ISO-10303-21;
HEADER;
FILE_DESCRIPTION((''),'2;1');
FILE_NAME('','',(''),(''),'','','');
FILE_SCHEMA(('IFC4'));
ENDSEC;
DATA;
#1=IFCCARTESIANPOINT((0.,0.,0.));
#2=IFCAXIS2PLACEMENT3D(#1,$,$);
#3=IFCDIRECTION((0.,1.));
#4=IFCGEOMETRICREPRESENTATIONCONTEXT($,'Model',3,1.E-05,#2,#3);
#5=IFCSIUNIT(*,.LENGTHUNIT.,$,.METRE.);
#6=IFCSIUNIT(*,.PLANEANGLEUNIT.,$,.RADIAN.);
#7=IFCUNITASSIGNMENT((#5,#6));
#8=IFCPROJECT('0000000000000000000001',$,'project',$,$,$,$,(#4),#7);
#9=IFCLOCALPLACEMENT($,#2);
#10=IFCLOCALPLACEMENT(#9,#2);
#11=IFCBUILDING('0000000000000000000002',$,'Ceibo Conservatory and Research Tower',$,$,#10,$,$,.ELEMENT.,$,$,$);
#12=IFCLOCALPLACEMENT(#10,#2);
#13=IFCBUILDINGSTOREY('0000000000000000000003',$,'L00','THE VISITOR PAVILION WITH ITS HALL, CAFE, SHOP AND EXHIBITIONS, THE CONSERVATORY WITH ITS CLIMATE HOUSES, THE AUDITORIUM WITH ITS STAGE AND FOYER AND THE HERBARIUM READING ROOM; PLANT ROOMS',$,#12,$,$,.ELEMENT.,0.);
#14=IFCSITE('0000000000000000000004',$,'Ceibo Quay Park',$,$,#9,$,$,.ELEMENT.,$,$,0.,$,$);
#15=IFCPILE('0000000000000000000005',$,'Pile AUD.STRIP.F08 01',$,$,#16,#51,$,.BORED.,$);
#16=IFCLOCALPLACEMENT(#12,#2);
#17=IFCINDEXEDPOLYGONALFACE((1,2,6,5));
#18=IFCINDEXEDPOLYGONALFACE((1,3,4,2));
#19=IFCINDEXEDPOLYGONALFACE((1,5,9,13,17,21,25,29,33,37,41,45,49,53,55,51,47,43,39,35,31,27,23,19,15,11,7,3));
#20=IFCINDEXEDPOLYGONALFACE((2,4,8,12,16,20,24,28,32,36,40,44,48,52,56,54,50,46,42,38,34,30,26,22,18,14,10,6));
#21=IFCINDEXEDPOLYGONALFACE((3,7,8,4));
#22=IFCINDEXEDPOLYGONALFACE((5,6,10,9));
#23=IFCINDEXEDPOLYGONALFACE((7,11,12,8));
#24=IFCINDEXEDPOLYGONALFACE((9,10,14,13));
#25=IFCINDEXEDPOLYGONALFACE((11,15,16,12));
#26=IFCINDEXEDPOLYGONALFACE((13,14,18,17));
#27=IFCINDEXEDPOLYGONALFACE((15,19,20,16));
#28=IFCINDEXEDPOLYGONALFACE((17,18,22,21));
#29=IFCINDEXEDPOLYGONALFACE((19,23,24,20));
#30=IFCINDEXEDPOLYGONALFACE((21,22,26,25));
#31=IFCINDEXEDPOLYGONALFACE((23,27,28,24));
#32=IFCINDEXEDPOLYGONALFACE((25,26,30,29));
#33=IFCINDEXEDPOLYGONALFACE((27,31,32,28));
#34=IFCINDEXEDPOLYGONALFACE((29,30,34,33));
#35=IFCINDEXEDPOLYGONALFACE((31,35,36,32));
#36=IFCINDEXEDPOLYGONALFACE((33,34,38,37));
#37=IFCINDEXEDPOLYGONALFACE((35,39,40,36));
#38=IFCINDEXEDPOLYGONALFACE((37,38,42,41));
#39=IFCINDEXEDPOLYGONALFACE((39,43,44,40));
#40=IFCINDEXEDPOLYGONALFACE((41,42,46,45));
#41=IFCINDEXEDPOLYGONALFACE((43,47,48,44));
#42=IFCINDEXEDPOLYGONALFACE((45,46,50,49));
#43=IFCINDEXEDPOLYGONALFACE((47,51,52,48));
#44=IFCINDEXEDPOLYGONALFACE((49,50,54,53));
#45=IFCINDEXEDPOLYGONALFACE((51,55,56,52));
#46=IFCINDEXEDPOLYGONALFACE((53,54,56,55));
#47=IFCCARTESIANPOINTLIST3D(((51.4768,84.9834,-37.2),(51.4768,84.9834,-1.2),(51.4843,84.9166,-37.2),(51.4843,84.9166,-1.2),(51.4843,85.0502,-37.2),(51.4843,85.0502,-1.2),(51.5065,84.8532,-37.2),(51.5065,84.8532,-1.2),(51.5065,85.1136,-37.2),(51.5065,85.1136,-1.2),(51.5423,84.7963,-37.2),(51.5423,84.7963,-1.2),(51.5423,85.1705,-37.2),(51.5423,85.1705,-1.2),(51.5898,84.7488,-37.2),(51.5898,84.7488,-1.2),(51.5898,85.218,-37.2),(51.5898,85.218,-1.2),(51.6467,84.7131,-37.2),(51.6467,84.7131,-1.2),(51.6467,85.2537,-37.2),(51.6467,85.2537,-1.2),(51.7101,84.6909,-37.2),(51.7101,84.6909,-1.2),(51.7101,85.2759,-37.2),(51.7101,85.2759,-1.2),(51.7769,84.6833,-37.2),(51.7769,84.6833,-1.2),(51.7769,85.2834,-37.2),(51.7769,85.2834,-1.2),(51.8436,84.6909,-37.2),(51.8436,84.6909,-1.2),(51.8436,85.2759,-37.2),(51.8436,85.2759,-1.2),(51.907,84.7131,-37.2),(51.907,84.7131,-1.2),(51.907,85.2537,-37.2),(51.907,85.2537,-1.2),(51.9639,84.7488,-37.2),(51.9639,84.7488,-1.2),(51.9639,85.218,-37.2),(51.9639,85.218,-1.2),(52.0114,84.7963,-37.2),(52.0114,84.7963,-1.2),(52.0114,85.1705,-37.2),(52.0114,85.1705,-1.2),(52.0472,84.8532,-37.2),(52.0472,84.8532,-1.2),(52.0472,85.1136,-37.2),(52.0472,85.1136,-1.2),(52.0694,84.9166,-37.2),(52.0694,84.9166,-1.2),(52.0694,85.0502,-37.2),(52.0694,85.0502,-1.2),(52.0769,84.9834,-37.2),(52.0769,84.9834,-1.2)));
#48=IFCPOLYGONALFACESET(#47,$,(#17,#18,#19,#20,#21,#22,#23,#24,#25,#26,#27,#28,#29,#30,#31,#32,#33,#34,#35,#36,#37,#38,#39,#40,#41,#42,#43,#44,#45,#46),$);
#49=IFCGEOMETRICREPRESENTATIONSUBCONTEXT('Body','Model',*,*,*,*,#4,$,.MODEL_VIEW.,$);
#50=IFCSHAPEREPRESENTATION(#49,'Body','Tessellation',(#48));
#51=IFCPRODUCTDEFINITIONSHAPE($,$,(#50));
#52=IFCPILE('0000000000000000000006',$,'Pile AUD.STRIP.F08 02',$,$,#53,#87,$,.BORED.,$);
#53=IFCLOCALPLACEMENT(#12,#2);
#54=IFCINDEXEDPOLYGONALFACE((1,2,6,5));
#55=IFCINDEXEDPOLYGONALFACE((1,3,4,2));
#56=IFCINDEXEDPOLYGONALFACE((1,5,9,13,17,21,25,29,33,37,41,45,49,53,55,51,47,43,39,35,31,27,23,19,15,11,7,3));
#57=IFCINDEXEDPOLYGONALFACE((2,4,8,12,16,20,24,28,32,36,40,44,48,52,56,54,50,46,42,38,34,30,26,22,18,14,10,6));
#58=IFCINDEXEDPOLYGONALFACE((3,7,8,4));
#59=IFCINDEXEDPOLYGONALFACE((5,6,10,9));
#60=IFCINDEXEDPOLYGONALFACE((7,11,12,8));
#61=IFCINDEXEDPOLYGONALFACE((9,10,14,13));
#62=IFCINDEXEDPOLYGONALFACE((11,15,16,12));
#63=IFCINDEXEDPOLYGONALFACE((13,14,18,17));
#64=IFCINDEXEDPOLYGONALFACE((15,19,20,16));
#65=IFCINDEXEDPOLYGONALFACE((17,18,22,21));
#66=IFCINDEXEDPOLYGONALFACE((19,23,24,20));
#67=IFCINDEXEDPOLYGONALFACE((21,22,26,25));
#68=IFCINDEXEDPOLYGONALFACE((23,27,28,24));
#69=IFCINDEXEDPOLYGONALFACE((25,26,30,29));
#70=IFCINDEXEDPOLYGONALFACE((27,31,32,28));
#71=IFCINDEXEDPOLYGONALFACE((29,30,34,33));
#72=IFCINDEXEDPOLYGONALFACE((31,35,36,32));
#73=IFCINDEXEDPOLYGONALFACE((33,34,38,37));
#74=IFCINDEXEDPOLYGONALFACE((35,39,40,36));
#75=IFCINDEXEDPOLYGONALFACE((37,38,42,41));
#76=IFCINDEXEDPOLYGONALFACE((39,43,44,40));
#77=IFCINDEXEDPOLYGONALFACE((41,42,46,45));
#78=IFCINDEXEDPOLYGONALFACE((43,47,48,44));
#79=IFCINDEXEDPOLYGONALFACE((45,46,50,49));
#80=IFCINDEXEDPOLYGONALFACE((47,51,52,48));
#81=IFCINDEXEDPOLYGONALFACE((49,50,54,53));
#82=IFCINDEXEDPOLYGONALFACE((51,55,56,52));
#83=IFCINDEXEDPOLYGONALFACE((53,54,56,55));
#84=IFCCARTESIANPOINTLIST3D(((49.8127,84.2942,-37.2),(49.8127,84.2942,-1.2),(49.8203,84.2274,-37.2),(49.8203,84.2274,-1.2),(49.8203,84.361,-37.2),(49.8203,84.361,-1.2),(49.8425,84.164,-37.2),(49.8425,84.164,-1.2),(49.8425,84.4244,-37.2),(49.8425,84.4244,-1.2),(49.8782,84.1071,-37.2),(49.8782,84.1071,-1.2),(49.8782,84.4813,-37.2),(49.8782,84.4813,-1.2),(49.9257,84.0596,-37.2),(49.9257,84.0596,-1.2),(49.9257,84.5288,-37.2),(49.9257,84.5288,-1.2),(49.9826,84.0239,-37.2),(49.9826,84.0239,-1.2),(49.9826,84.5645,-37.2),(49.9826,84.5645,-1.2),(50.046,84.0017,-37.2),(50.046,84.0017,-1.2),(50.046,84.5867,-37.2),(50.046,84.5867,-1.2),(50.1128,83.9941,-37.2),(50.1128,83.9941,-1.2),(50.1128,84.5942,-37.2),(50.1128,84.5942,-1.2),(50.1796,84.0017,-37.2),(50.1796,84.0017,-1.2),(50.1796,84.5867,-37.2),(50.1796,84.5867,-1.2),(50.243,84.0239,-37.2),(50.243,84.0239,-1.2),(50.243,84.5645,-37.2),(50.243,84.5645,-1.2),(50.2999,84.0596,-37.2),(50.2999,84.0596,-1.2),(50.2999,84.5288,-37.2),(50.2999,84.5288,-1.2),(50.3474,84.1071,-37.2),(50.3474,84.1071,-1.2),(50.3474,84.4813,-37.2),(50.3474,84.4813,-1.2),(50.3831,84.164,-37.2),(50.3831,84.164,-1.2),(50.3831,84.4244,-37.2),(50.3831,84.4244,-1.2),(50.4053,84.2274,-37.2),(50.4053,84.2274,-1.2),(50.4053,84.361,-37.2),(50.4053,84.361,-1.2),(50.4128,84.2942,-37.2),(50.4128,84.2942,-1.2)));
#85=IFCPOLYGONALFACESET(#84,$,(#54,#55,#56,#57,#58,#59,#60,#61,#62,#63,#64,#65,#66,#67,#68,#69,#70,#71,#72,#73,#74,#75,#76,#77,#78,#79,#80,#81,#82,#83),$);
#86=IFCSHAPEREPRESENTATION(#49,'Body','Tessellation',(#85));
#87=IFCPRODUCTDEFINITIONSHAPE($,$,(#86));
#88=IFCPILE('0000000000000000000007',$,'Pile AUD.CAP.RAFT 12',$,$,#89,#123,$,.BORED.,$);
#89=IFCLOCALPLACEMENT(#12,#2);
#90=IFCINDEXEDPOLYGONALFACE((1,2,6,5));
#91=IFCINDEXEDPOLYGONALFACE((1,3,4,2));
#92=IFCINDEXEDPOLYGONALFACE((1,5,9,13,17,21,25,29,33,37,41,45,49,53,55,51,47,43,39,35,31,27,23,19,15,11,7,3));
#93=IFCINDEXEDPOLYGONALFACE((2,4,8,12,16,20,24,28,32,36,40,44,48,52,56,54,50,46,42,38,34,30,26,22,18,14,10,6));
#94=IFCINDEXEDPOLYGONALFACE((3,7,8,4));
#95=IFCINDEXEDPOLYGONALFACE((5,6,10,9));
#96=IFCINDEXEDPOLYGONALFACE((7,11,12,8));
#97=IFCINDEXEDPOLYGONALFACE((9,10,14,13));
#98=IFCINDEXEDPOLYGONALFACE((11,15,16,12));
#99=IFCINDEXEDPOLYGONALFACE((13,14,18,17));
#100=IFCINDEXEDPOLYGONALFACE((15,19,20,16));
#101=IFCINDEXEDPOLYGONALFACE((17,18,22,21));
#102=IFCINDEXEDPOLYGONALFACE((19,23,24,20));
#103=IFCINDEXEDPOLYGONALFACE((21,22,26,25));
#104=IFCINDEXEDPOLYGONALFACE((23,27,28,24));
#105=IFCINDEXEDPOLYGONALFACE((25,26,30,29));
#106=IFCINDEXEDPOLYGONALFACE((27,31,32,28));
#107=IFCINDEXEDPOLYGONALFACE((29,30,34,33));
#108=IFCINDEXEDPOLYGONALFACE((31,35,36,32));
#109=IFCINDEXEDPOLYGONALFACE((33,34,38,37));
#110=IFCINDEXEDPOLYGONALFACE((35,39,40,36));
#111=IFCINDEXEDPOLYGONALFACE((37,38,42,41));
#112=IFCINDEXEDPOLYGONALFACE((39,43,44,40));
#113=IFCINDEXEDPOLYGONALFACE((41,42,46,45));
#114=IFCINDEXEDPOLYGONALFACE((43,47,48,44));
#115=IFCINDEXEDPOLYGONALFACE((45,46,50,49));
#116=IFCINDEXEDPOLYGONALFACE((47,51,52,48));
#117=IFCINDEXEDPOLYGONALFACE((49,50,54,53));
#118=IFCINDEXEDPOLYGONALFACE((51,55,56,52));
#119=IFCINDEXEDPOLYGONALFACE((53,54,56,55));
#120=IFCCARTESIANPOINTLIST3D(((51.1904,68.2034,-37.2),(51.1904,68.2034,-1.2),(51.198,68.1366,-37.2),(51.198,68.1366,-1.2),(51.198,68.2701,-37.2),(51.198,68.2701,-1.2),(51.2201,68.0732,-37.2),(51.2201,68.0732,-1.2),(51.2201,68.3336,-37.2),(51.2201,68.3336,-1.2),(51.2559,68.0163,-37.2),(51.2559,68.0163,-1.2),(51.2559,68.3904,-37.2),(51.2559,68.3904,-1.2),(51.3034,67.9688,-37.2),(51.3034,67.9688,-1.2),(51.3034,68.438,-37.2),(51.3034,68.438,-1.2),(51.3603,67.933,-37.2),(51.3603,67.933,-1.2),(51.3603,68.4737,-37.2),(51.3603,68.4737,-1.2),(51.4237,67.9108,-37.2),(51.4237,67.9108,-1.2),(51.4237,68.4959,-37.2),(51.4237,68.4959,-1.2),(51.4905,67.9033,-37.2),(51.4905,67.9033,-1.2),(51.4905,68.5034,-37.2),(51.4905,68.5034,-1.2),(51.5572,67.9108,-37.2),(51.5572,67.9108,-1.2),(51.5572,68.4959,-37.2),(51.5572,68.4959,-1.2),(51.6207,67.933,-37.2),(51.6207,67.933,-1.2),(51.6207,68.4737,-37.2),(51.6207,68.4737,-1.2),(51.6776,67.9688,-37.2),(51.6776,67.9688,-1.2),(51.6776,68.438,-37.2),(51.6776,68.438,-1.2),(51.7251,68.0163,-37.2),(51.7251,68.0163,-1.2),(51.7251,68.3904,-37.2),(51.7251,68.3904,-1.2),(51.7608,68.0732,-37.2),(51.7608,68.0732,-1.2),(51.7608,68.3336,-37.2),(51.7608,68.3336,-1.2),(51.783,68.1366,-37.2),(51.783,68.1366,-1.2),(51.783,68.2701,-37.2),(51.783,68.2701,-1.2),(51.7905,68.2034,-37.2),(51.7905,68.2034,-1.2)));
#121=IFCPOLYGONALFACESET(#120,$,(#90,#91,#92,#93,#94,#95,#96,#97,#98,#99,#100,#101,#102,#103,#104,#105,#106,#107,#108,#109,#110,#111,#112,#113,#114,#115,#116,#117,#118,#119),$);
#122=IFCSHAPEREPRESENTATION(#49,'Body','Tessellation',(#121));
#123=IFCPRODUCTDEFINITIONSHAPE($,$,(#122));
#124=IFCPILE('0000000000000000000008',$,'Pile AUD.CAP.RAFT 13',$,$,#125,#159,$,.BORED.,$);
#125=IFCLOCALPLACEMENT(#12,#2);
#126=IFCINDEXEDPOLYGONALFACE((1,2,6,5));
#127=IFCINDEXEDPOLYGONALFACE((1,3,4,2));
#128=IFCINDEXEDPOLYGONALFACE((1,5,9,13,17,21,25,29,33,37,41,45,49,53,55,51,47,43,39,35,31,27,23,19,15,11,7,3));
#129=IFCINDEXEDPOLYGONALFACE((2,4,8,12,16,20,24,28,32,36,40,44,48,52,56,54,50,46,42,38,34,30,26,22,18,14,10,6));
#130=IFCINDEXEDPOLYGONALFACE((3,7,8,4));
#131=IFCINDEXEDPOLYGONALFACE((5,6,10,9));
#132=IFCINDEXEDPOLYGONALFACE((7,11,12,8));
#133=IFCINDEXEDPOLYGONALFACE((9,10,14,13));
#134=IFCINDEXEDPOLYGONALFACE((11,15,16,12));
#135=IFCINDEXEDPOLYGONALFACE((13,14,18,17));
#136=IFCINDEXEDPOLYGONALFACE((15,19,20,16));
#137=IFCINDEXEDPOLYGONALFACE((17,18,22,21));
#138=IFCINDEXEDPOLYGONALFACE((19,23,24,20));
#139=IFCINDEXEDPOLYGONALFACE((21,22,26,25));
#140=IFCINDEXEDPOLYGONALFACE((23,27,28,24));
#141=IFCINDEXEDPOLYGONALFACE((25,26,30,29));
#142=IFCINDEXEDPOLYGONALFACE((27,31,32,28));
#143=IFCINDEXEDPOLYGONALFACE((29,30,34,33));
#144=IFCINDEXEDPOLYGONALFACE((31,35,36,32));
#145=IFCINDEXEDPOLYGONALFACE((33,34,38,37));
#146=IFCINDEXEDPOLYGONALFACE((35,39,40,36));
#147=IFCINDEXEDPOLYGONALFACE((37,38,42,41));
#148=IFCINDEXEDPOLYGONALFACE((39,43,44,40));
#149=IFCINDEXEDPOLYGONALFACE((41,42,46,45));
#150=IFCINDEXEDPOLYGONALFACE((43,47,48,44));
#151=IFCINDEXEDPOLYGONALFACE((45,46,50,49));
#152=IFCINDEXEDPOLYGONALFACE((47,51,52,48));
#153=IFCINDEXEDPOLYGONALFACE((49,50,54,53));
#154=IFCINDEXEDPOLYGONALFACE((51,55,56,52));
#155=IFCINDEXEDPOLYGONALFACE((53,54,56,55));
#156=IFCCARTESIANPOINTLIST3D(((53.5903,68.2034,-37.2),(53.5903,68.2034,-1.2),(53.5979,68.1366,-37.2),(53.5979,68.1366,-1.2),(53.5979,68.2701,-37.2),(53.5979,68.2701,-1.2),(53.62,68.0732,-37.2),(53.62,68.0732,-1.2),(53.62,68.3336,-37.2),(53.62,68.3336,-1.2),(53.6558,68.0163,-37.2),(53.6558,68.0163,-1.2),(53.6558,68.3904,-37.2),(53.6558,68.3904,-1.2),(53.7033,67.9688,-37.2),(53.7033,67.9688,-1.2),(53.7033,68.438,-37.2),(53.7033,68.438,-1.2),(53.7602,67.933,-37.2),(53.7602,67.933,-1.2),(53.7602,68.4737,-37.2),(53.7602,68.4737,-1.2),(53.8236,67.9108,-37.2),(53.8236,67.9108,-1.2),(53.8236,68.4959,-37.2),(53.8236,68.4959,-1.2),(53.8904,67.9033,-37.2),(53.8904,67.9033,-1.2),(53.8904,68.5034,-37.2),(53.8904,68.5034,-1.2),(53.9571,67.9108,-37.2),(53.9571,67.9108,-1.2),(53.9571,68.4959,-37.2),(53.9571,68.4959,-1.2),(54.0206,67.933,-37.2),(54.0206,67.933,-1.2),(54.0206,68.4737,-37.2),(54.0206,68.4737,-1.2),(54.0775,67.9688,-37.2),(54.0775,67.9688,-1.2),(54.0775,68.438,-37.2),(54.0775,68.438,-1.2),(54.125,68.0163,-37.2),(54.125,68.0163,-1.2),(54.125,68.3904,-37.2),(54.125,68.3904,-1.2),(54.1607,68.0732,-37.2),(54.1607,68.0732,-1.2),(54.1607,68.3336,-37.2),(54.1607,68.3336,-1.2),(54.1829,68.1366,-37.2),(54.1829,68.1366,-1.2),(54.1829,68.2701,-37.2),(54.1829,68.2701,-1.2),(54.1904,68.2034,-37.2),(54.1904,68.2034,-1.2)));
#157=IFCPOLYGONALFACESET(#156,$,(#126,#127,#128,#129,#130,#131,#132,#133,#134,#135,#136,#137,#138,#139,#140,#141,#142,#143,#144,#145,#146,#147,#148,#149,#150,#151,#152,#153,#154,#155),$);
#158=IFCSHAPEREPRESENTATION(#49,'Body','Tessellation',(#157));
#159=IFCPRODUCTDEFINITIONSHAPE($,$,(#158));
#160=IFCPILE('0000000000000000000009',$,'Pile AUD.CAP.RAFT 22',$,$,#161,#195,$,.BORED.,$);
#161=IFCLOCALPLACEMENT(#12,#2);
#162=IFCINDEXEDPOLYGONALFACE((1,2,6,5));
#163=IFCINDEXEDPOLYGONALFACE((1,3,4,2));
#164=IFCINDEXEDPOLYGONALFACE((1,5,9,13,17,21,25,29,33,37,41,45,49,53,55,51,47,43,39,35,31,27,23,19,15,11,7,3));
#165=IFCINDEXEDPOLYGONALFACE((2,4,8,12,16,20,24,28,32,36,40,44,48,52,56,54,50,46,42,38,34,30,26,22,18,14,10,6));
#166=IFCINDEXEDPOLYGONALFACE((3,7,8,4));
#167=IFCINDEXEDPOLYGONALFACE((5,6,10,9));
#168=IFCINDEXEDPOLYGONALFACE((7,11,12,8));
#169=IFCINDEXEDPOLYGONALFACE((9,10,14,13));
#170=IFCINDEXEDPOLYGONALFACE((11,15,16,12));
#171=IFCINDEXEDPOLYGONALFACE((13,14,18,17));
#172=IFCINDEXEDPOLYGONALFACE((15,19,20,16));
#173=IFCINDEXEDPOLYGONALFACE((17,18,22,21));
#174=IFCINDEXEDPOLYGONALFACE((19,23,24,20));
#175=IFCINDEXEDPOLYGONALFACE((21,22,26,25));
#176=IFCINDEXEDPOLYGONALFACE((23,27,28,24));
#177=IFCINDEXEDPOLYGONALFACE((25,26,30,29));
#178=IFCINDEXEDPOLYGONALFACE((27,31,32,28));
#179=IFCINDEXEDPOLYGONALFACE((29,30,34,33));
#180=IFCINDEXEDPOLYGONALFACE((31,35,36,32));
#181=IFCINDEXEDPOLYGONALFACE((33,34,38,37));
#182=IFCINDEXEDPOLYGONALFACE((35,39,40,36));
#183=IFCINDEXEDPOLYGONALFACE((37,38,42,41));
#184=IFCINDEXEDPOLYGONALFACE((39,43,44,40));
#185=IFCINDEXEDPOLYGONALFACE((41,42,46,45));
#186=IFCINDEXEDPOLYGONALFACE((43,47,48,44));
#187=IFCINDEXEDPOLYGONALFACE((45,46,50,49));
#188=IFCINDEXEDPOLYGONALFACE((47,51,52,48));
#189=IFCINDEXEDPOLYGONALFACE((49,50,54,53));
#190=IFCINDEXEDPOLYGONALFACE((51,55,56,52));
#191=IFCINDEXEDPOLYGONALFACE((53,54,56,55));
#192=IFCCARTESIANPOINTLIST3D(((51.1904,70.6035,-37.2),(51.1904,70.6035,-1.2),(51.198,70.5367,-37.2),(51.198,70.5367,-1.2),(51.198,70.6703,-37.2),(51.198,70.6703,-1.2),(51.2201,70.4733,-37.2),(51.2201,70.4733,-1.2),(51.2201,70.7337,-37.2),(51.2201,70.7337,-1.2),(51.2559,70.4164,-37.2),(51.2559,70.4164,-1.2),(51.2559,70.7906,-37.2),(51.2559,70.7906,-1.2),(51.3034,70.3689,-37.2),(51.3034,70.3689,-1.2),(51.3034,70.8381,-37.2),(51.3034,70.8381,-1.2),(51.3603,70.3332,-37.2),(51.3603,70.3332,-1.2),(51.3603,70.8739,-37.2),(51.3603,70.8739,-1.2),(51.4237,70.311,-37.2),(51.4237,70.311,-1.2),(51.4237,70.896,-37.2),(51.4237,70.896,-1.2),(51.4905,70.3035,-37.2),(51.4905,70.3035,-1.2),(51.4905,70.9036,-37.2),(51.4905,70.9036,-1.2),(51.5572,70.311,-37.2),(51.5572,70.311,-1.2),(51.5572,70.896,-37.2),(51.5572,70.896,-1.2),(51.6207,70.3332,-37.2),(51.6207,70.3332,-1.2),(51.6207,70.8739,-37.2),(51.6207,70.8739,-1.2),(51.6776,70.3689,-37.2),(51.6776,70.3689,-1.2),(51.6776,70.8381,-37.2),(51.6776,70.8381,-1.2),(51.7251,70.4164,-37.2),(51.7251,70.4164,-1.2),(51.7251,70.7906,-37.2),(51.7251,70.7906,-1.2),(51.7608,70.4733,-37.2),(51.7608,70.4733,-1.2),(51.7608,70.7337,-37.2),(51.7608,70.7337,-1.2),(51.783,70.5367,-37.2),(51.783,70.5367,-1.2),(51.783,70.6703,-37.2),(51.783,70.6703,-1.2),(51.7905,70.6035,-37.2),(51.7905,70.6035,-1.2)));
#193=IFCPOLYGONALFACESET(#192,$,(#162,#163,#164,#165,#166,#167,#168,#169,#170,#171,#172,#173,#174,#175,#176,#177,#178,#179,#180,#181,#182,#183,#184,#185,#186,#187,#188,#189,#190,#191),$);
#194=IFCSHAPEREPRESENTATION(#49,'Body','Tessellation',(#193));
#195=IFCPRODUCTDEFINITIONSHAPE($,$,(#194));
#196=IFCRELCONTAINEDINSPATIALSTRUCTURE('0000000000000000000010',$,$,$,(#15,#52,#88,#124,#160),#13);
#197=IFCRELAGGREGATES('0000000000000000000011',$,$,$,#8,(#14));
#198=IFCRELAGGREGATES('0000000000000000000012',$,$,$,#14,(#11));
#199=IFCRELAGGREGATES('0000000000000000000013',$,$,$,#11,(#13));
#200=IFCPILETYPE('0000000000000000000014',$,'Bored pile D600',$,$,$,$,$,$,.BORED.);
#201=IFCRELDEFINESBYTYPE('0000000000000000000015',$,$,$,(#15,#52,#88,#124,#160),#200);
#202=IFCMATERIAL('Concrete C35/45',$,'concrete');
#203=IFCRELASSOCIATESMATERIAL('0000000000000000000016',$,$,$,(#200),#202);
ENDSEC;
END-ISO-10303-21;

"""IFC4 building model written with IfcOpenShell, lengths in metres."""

from ifc_helpers import new_model, si_unit, direction, frame, origin, origin_2d, place, context, subcontext, project, spatial, circle, extrude, material, material_profile, profile_set, type_object, element, save


model = new_model("IFC4")

# Units and contexts
model_context = context("Model", 3, precision=1e-05, world=origin(), true_north=direction((0.0, 1.0)))
body_context = subcontext(model_context, "Body", "Model", "MODEL_VIEW")
ifc_project = project(units=[si_unit("LENGTHUNIT", "METRE"), si_unit("PLANEANGLEUNIT", "RADIAN")], contexts=[model_context])

# Site, building, storey
site_placement = place(None, origin())
site = spatial("IfcSite", under=ifc_project, at=site_placement, Name="Ceibo Quay Park", CompositionType="ELEMENT", RefElevation=0.0)
building_placement = place(site_placement, origin())
building = spatial("IfcBuilding", under=site, at=building_placement, Name="Ceibo Conservatory and Research Tower", CompositionType="ELEMENT")
storey_placement = place(building_placement, origin())
storey = spatial("IfcBuildingStorey", under=building, at=storey_placement, Name="L00", Description="THE VISITOR PAVILION WITH ITS HALL, CAFE, SHOP AND EXHIBITIONS, THE CONSERVATORY WITH ITS CLIMATE HOUSES, THE AUDITORIUM WITH ITS STAGE AND FOYER AND THE HERBARIUM READING ROOM; PLANT ROOMS", CompositionType="ELEMENT", Elevation=0.0)

# Piles
ifc_material_1 = material(Name="Concrete C35/45", Category="concrete")
ifc_material_profile_1 = material_profile(ifc_material_1, circle(Radius=0.3, at=origin_2d()), Name="RC D600")
ifc_profile_set_1 = profile_set([ifc_material_profile_1], Name="Concrete C35/45")
pile_type = type_object("IfcPileType", Name="Bored pile D600", PredefinedType="BORED", material=ifc_profile_set_1)
for number, where, z_axis, x_axis, name in (
    (1, (51.7769, 84.9834, -1.2), (0.0, 0.0, -1.0), (1.0, 0.0, 0.0), "Pile AUD.STRIP.F08 01"),
    (2, (50.1128, 84.2942, -1.2), (0.0, 0.0, -1.0), (1.0, 0.0, 0.0), "Pile AUD.STRIP.F08 02"),
    (3, (51.4905, 68.2034, -1.2), (0.0, 0.0, -1.0), (1.0, 0.0, 0.0), "Pile AUD.CAP.RAFT 12"),
    (4, (53.8904, 68.2034, -1.2), (0.0, 0.0, -1.0), (1.0, 0.0, 0.0), "Pile AUD.CAP.RAFT 13"),
    (5, (51.4905, 70.6035, -1.2), (0.0, 0.0, -1.0), (1.0, 0.0, 0.0), "Pile AUD.CAP.RAFT 22"),
):
    element("IfcPile", number, at=place(storey_placement, frame(where, z_axis=z_axis, x_axis=x_axis)), inside=storey, type_object=pile_type, Name=name, PredefinedType="BORED", context=body_context, shape_type="SweptSolid", body=[
        extrude(circle(Radius=0.3, at=origin_2d()), origin(), (0.0, 0.0, 1.0), 36.0),
    ])

save(model, "model.ifc")
